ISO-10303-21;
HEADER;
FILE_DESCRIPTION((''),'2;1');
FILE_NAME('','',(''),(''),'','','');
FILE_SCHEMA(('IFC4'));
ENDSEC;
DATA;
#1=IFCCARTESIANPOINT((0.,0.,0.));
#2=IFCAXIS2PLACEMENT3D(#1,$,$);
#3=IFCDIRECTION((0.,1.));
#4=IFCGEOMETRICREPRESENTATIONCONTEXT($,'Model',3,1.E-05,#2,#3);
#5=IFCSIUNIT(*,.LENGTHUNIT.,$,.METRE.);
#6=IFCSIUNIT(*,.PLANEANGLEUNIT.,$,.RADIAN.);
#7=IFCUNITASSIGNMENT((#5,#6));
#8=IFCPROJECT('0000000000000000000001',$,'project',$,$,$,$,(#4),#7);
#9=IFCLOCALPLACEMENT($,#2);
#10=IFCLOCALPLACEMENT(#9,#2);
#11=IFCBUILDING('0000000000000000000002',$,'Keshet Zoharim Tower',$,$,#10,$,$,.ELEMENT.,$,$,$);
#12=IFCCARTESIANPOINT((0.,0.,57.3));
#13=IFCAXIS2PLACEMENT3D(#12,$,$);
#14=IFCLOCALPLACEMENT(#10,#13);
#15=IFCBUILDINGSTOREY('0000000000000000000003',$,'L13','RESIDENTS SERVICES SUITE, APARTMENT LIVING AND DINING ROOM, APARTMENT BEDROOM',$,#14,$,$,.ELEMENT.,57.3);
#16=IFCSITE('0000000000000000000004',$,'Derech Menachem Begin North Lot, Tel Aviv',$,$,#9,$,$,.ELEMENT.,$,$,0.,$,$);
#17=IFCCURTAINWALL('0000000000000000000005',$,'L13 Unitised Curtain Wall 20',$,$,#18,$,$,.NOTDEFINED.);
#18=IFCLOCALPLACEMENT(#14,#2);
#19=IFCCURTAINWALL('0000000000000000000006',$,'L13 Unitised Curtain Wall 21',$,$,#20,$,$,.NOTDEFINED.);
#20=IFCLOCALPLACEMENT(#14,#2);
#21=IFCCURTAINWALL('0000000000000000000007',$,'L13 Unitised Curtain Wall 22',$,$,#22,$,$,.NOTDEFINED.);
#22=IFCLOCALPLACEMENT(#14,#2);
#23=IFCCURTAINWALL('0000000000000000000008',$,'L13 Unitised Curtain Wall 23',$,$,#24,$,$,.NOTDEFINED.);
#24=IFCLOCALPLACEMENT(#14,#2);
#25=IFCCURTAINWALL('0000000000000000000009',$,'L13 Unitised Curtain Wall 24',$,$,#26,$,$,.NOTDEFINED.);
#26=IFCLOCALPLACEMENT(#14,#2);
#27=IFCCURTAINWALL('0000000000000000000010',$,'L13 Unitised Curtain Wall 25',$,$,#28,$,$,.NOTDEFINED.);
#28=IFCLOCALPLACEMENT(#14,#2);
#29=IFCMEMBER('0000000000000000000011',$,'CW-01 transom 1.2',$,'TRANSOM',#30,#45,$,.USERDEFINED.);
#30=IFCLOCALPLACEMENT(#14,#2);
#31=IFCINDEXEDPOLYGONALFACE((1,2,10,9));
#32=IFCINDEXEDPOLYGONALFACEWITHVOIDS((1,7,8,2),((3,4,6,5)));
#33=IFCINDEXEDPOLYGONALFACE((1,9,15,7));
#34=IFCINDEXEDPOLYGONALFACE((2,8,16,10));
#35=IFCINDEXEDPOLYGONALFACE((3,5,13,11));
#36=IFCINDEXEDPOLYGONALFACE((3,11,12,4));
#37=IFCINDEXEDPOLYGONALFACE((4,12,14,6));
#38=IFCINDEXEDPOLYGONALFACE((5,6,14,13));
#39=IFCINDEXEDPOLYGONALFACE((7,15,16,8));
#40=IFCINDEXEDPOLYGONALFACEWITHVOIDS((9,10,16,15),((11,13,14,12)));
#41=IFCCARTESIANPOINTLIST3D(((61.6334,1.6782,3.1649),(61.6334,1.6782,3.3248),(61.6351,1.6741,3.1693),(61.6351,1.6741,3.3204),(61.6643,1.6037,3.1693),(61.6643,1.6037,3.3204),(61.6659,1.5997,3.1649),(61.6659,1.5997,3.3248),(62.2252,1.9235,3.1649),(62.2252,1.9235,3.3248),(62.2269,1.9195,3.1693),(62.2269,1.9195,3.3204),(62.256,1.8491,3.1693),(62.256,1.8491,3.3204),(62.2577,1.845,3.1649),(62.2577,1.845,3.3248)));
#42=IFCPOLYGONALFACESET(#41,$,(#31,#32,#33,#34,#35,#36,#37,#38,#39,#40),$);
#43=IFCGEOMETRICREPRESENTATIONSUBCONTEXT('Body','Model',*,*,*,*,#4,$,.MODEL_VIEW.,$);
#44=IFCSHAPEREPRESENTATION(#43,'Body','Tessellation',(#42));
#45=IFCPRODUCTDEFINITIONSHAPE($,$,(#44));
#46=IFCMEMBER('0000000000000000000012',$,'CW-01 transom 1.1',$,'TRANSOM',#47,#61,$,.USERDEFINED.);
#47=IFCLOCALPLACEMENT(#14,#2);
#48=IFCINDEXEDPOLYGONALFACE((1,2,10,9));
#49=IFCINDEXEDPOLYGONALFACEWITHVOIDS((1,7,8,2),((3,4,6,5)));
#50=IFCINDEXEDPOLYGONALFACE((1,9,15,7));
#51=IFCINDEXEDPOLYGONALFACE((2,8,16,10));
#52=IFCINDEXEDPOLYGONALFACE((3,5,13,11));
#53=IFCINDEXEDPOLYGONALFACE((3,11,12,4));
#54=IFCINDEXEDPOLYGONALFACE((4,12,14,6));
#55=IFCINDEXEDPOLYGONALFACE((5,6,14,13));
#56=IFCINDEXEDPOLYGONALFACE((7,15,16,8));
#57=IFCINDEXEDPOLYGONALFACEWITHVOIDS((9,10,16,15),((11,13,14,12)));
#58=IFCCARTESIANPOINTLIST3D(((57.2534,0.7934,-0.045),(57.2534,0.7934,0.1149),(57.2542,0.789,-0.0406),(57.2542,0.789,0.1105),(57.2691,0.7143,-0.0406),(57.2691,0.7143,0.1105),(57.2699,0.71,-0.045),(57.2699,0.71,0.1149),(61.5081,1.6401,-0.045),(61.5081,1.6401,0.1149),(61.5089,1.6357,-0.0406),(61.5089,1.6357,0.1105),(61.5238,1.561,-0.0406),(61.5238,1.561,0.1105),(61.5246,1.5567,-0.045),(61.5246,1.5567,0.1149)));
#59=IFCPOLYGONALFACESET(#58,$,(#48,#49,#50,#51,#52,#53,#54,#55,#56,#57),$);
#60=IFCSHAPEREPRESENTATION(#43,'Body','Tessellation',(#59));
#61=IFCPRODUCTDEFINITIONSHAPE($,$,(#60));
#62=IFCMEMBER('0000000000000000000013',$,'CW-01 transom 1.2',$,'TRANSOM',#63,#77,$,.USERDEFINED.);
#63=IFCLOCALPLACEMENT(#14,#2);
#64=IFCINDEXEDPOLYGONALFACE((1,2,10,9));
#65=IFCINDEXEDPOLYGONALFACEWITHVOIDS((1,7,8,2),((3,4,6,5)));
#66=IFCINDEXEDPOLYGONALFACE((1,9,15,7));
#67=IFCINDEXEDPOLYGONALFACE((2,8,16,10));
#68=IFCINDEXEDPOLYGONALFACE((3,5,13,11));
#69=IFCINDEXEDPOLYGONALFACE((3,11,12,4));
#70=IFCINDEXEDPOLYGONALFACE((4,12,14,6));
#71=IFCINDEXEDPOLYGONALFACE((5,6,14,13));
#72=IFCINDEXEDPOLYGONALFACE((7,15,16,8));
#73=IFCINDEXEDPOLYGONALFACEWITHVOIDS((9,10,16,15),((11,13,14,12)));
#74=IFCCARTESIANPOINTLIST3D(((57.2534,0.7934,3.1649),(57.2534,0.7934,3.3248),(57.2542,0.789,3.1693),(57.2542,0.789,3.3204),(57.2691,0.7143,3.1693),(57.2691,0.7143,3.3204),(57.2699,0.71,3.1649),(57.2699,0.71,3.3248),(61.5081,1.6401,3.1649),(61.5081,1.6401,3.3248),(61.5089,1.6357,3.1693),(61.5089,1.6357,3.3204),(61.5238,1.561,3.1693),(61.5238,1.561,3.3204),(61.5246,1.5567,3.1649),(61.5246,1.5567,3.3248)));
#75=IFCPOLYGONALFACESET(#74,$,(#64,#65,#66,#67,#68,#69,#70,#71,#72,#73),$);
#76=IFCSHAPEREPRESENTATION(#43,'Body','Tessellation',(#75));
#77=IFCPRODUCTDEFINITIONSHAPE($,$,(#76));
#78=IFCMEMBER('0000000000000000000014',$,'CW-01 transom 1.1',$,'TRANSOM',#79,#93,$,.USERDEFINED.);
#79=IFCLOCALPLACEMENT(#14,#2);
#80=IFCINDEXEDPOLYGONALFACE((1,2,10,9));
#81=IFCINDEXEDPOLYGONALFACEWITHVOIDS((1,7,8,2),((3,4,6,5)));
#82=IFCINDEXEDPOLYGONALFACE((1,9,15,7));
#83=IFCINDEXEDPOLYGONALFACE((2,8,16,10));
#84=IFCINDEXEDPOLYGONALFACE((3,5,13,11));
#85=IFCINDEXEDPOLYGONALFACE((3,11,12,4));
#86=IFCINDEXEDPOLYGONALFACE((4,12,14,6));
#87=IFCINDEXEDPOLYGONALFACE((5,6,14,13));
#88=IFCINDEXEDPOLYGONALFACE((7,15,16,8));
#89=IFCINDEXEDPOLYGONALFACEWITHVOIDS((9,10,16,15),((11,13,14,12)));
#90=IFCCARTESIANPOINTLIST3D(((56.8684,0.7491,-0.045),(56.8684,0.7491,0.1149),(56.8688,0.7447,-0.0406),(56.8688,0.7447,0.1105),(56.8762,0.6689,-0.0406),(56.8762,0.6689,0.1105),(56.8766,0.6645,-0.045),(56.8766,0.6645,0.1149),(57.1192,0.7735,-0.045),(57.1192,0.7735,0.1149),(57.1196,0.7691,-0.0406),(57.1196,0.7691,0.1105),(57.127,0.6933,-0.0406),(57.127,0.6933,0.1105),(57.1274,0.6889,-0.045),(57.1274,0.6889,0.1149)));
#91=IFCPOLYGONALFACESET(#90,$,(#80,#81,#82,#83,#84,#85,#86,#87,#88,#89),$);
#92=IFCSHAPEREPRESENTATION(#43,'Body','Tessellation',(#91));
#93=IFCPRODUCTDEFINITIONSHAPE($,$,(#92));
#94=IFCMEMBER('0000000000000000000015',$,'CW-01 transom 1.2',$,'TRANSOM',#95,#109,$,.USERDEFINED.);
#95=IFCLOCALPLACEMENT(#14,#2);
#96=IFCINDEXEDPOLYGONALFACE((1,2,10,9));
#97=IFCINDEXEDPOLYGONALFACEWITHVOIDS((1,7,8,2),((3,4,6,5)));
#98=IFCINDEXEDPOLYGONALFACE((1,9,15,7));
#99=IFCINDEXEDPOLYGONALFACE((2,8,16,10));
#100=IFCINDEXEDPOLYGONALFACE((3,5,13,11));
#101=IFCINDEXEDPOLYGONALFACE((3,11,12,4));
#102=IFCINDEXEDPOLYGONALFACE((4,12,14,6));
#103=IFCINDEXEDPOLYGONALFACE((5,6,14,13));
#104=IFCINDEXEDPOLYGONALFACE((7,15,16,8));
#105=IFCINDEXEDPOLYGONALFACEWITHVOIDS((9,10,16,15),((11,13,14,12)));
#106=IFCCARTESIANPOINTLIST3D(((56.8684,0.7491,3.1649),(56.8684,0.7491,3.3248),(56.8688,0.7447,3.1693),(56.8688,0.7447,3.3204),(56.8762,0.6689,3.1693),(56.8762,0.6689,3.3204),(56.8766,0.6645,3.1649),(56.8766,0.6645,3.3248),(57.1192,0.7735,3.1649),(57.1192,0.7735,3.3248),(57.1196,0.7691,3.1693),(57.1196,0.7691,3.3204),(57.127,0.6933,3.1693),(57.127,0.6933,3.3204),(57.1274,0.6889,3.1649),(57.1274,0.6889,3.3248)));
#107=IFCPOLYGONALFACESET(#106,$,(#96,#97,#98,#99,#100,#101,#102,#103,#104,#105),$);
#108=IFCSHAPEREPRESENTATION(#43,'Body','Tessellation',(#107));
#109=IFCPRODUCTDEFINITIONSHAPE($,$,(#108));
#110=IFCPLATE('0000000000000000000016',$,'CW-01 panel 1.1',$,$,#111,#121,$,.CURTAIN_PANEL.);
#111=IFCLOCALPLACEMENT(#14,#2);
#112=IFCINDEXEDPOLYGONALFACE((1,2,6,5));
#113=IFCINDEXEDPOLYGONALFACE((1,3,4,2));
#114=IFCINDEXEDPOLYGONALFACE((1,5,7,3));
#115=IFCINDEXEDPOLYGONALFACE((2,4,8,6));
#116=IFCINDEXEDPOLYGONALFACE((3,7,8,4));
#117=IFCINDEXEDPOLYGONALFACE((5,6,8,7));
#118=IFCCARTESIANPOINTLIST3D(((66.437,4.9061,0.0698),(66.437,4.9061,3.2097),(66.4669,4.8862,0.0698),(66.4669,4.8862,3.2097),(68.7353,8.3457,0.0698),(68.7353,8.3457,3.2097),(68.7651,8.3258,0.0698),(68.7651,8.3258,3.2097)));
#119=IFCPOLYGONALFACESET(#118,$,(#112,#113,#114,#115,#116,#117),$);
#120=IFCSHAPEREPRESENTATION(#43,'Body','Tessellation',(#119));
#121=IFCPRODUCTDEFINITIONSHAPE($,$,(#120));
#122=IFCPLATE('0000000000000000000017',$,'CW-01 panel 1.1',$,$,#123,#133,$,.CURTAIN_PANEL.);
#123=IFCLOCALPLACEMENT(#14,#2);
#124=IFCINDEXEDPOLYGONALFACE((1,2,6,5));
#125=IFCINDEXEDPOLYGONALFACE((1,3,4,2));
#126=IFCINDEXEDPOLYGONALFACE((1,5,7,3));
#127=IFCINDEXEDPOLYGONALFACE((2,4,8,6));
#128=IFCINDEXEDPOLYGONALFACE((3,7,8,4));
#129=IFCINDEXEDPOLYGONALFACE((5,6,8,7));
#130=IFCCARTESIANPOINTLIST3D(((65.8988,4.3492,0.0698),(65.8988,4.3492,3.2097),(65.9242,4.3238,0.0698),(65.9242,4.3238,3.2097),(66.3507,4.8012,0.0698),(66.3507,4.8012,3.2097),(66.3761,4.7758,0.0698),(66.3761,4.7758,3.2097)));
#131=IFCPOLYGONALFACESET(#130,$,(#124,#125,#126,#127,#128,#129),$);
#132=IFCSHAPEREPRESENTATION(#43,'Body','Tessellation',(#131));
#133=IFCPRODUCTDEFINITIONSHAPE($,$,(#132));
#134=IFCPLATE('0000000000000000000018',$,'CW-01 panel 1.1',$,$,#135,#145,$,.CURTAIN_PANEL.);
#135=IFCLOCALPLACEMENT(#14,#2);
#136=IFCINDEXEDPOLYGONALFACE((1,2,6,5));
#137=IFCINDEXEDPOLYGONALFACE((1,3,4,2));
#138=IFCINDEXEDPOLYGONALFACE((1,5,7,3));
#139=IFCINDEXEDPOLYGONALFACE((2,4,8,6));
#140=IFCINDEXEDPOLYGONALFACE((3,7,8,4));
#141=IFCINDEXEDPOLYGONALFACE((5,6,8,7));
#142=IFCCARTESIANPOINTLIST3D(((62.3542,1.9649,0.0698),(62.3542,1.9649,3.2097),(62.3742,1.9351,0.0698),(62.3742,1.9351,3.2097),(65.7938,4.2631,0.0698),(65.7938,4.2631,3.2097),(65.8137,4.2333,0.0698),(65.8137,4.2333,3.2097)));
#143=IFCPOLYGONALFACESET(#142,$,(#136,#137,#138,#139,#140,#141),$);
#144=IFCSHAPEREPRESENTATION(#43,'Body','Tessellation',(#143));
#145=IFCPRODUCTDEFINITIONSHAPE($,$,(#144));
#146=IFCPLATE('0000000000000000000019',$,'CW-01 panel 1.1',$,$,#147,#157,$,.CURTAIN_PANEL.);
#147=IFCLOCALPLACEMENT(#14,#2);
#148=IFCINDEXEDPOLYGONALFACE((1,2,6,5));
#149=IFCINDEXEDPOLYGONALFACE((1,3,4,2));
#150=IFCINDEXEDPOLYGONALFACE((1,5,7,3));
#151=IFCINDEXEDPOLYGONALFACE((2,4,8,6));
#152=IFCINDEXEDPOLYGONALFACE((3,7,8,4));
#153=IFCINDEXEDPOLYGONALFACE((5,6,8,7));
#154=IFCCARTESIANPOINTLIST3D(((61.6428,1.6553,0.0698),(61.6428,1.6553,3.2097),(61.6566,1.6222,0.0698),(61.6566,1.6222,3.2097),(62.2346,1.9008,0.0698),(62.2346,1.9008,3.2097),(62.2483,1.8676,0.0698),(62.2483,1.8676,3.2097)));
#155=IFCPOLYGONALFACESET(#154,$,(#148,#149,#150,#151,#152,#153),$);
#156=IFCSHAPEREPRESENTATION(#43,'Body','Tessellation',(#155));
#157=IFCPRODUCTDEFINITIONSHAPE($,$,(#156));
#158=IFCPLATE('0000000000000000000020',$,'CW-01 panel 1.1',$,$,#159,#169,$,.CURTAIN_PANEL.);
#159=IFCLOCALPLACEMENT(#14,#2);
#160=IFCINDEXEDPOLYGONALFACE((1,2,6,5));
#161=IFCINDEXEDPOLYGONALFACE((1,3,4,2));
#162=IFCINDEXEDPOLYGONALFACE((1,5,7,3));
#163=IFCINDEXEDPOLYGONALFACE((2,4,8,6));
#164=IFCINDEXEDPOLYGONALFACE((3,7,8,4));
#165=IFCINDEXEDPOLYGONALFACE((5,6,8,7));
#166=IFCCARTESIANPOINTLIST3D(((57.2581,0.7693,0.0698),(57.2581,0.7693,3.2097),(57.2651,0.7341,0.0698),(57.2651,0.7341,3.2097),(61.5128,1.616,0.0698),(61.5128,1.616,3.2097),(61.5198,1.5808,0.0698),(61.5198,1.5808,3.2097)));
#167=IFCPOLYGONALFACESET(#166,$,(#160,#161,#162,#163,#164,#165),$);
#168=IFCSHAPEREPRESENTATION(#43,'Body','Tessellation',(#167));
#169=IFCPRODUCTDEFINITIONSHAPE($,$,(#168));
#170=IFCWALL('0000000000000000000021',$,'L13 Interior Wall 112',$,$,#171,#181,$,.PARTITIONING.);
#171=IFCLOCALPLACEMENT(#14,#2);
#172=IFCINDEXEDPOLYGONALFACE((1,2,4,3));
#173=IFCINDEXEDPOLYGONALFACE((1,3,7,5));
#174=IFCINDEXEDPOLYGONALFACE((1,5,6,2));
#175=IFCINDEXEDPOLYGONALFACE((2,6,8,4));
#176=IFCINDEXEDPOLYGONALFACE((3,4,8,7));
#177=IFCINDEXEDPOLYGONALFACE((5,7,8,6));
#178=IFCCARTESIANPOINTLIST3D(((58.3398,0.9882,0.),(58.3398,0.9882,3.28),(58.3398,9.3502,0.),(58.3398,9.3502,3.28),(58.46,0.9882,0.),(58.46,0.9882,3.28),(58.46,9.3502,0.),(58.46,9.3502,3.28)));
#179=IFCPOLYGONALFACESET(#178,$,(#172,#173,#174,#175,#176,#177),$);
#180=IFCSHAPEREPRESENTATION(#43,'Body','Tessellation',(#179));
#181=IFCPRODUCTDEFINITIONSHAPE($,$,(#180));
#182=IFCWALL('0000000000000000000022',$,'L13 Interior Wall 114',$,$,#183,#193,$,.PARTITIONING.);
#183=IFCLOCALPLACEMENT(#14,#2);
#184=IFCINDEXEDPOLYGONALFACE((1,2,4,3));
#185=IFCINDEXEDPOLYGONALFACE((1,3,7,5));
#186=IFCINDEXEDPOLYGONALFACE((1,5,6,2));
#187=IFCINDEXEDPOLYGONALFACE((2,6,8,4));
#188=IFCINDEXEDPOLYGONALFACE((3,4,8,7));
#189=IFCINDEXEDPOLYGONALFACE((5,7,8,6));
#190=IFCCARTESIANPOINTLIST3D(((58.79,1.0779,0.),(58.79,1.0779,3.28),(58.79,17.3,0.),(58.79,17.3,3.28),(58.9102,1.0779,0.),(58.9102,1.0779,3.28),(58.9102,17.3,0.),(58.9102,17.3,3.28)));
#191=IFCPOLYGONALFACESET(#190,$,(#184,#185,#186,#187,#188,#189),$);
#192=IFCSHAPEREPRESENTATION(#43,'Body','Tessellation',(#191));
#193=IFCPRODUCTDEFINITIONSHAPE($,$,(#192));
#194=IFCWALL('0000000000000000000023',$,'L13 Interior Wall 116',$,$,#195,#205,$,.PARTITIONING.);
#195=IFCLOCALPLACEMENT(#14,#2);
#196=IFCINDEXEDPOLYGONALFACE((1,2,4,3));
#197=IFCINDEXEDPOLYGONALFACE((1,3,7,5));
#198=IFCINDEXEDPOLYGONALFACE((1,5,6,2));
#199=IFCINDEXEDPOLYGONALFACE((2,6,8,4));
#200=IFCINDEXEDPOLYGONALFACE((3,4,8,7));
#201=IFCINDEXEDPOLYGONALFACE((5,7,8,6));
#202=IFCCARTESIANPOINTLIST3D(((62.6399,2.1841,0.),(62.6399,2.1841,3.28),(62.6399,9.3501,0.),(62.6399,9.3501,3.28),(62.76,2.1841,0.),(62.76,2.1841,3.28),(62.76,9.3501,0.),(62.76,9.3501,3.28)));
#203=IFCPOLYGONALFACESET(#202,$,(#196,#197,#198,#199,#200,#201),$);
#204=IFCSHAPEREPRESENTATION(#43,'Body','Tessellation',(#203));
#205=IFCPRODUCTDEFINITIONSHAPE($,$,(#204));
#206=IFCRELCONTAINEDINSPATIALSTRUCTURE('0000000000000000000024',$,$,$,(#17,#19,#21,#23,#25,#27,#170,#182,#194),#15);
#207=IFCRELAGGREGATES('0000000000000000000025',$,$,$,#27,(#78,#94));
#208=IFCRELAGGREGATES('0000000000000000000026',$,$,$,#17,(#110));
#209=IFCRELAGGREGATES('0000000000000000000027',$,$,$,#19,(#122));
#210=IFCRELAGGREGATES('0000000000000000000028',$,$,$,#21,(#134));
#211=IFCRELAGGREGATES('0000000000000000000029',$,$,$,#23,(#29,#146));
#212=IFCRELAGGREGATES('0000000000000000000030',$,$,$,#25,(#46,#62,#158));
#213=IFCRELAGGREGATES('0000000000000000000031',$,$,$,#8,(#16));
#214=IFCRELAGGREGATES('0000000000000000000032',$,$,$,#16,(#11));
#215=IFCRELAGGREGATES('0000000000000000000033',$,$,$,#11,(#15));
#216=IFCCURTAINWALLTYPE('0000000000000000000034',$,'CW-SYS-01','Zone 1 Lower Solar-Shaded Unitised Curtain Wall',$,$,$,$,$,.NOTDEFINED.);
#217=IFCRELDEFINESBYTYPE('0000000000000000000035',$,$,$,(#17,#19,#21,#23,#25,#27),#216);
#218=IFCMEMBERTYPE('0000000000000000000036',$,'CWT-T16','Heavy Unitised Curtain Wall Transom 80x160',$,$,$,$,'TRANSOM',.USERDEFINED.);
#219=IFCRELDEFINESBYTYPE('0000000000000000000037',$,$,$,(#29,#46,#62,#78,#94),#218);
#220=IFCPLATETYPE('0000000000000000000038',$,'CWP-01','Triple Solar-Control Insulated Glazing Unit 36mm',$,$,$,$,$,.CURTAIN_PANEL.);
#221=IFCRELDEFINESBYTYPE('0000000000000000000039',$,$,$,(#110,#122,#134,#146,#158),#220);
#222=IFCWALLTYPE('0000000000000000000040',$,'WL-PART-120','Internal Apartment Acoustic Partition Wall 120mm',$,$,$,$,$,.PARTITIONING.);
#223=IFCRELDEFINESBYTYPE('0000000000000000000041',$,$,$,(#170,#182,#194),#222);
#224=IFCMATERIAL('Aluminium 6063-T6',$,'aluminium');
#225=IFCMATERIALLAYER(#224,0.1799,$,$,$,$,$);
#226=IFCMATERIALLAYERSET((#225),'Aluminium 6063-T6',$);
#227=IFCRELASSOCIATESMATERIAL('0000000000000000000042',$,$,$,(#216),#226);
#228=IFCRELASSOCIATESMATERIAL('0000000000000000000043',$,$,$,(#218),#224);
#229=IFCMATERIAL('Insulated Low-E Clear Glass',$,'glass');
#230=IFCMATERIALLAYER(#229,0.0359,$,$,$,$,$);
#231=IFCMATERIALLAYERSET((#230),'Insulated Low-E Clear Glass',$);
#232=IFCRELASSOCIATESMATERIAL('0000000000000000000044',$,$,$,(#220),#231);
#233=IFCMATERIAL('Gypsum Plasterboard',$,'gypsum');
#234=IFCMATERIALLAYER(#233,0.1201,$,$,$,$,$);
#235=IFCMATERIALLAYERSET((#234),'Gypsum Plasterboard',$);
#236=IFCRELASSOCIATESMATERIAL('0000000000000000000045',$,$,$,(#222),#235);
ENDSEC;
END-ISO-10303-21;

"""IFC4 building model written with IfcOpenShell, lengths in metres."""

from ifc_helpers import new_model, si_unit, direction, frame, frame_2d, origin, origin_2d, place, context, subcontext, project, spatial, rectangle, hollow_rectangle, extrude, material, layer, layer_set, material_profile, profile_set, type_object, element, aggregate, save


model = new_model("IFC4")

# Units and contexts
model_context = context("Model", 3, precision=1e-05, world=origin(), true_north=direction((0.0, 1.0)))
body_context = subcontext(model_context, "Body", "Model", "MODEL_VIEW")
ifc_project = project(units=[si_unit("LENGTHUNIT", "METRE"), si_unit("PLANEANGLEUNIT", "RADIAN")], contexts=[model_context])

# Site, building, storey
site_placement = place(None, origin())
site = spatial("IfcSite", under=ifc_project, at=site_placement, Name="Derech Menachem Begin North Lot, Tel Aviv", CompositionType="ELEMENT", RefElevation=0.0)
building_placement = place(site_placement, origin())
building = spatial("IfcBuilding", under=site, at=building_placement, Name="Keshet Zoharim Tower", CompositionType="ELEMENT")
storey_placement = place(building_placement, frame((0.0, 0.0, 57.3)))
storey = spatial("IfcBuildingStorey", under=building, at=storey_placement, Name="L13", Description="RESIDENTS SERVICES SUITE, APARTMENT LIVING AND DINING ROOM, APARTMENT BEDROOM", CompositionType="ELEMENT", Elevation=57.3)

# Curtain walls
ifc_material_1 = material(Name="Aluminium 6063-T6", Category="aluminium")
ifc_layer_1 = layer(ifc_material_1, 0.1799)
ifc_layer_set_1 = layer_set([ifc_layer_1], Name="Aluminium 6063-T6")
curtain_wall_type = type_object("IfcCurtainWallType", Name="CW-SYS-01", Description="Zone 1 Lower Solar-Shaded Unitised Curtain Wall", PredefinedType="NOTDEFINED", material=ifc_layer_set_1)
curtain_wall_1_placement = place(storey_placement, origin())
curtain_wall_1 = element("IfcCurtainWall", 1, at=curtain_wall_1_placement, inside=storey, type_object=curtain_wall_type, Name="L13 Unitised Curtain Wall 20", PredefinedType="NOTDEFINED")
curtain_wall_2_placement = place(storey_placement, origin())
curtain_wall_2 = element("IfcCurtainWall", 2, at=curtain_wall_2_placement, inside=storey, type_object=curtain_wall_type, Name="L13 Unitised Curtain Wall 21", PredefinedType="NOTDEFINED")
curtain_wall_3_placement = place(storey_placement, origin())
curtain_wall_3 = element("IfcCurtainWall", 3, at=curtain_wall_3_placement, inside=storey, type_object=curtain_wall_type, Name="L13 Unitised Curtain Wall 22", PredefinedType="NOTDEFINED")
curtain_wall_4_placement = place(storey_placement, origin())
curtain_wall_4 = element("IfcCurtainWall", 4, at=curtain_wall_4_placement, inside=storey, type_object=curtain_wall_type, Name="L13 Unitised Curtain Wall 23", PredefinedType="NOTDEFINED")
curtain_wall_5_placement = place(storey_placement, origin())
curtain_wall_5 = element("IfcCurtainWall", 5, at=curtain_wall_5_placement, inside=storey, type_object=curtain_wall_type, Name="L13 Unitised Curtain Wall 24", PredefinedType="NOTDEFINED")

# Curtain wall
curtain_wall_6_placement = place(storey_placement, origin())
curtain_wall_6 = element("IfcCurtainWall", 6, at=curtain_wall_6_placement, inside=storey, type_object=curtain_wall_type, Name="L13 Unitised Curtain Wall 25", PredefinedType="NOTDEFINED")

# Members
ifc_material_profile_1 = material_profile(ifc_material_1, hollow_rectangle(XDim=0.085, YDim=0.1599, WallThickness=0.0044, at=origin_2d()), Name="TRN-85x160")
ifc_profile_set_1 = profile_set([ifc_material_profile_1], Name="Aluminium 6063-T6")
member_type_1 = type_object("IfcMemberType", Name="CWT-T16", Description="Heavy Unitised Curtain Wall Transom 80x160", ElementType="TRANSOM", PredefinedType="USERDEFINED", material=ifc_profile_set_1)
member_1_placement = place(storey_placement, frame((62.2415, 1.8843, 3.2449), z_axis=(-0.923752, -0.382991, 0.0), x_axis=(0.382991, -0.923752, 0.0)))
member_1 = element("IfcMember", 7, at=member_1_placement, type_object=member_type_1, Name="CW-01 transom 1.2", ObjectType="TRANSOM", PredefinedType="USERDEFINED", context=body_context, shape_type="SweptSolid", body=[
    extrude(hollow_rectangle(XDim=0.085, YDim=0.1599, WallThickness=0.0044, at=origin_2d()), origin(), (0.0, 0.0, 1.0), 0.6406),
])
member_2_placement = place(storey_placement, frame((61.5164, 1.5984, 0.0349), z_axis=(-0.980769, -0.195174, 0.0), x_axis=(0.195174, -0.980769, 0.0)))
member_2 = element("IfcMember", 8, at=member_2_placement, type_object=member_type_1, Name="CW-01 transom 1.1", ObjectType="TRANSOM", PredefinedType="USERDEFINED", context=body_context, shape_type="SweptSolid", body=[
    extrude(hollow_rectangle(XDim=0.085, YDim=0.1599, WallThickness=0.0044, at=origin_2d()), origin(), (0.0, 0.0, 1.0), 4.3381),
])
member_3_placement = place(storey_placement, frame((61.5164, 1.5984, 3.2449), z_axis=(-0.980769, -0.195174, 0.0), x_axis=(0.195174, -0.980769, 0.0)))
member_3 = element("IfcMember", 9, at=member_3_placement, type_object=member_type_1, Name="CW-01 transom 1.2", ObjectType="TRANSOM", PredefinedType="USERDEFINED", context=body_context, shape_type="SweptSolid", body=[
    extrude(hollow_rectangle(XDim=0.085, YDim=0.1599, WallThickness=0.0044, at=origin_2d()), origin(), (0.0, 0.0, 1.0), 4.3381),
])
member_4_placement = place(storey_placement, frame((57.1233, 0.7312, 0.0349), z_axis=(-0.995293, -0.096913, 0.0), x_axis=(0.096913, -0.995293, 0.0)))
member_4 = element("IfcMember", 10, at=member_4_placement, type_object=member_type_1, Name="CW-01 transom 1.1", ObjectType="TRANSOM", PredefinedType="USERDEFINED", context=body_context, shape_type="SweptSolid", body=[
    extrude(hollow_rectangle(XDim=0.085, YDim=0.1599, WallThickness=0.0044, at=origin_2d()), origin(), (0.0, 0.0, 1.0), 0.252),
])
member_5_placement = place(storey_placement, frame((57.1233, 0.7312, 3.2449), z_axis=(-0.995293, -0.096913, 0.0), x_axis=(0.096913, -0.995293, 0.0)))
member_5 = element("IfcMember", 11, at=member_5_placement, type_object=member_type_1, Name="CW-01 transom 1.2", ObjectType="TRANSOM", PredefinedType="USERDEFINED", context=body_context, shape_type="SweptSolid", body=[
    extrude(hollow_rectangle(XDim=0.085, YDim=0.1599, WallThickness=0.0044, at=origin_2d()), origin(), (0.0, 0.0, 1.0), 0.252),
])
aggregate(curtain_wall_6, [member_4, member_5])

# Plates
ifc_material_2 = material(Name="Insulated Low-E Clear Glass", Category="glass")
ifc_layer_2 = layer(ifc_material_2, 0.0359)
ifc_layer_set_2 = layer_set([ifc_layer_2], Name="Insulated Low-E Clear Glass")
plate_type = type_object("IfcPlateType", Name="CWP-01", Description="Triple Solar-Control Insulated Glazing Unit 36mm", PredefinedType="CURTAIN_PANEL", material=ifc_layer_set_2)
plate_1_placement = place(storey_placement, frame((67.6011, 6.616, 0.0698), z_axis=(0.0, 0.0, 1.0), x_axis=(-0.555563, -0.831474, 0.0)))
plate_1 = element("IfcPlate", 12, at=plate_1_placement, type_object=plate_type, Name="CW-01 panel 1.1", PredefinedType="CURTAIN_PANEL", context=body_context, shape_type="SweptSolid", body=[
    extrude(rectangle(XDim=4.1367, YDim=0.0359, at=origin_2d()), origin(), (0.0, 0.0, 1.0), 3.1399),
])
aggregate(curtain_wall_1, [plate_1])
plate_2_placement = place(storey_placement, frame((66.1375, 4.5625, 0.0698), z_axis=(0.0, 0.0, 1.0), x_axis=(-0.707107, -0.707107, 0.0)))
plate_2 = element("IfcPlate", 13, at=plate_2_placement, type_object=plate_type, Name="CW-01 panel 1.1", PredefinedType="CURTAIN_PANEL", context=body_context, shape_type="SweptSolid", body=[
    extrude(rectangle(XDim=0.6392, YDim=0.0359, at=origin_2d()), origin(), (0.0, 0.0, 1.0), 3.1399),
])
aggregate(curtain_wall_2, [plate_2])
plate_3_placement = place(storey_placement, frame((64.084, 3.0991, 0.0698), z_axis=(0.0, 0.0, 1.0), x_axis=(-0.831474, -0.555563, 0.0)))
plate_3 = element("IfcPlate", 14, at=plate_3_placement, type_object=plate_type, Name="CW-01 panel 1.1", PredefinedType="CURTAIN_PANEL", context=body_context, shape_type="SweptSolid", body=[
    extrude(rectangle(XDim=4.1367, YDim=0.0359, at=origin_2d()), origin(), (0.0, 0.0, 1.0), 3.1399),
])
aggregate(curtain_wall_3, [plate_3])
plate_4_placement = place(storey_placement, frame((61.9456, 1.7615, 0.0698), z_axis=(0.0, 0.0, 1.0), x_axis=(-0.92372, -0.383068, 0.0)))
plate_4 = element("IfcPlate", 15, at=plate_4_placement, type_object=plate_type, Name="CW-01 panel 1.1", PredefinedType="CURTAIN_PANEL", context=body_context, shape_type="SweptSolid", body=[
    extrude(rectangle(XDim=0.6406, YDim=0.0359, at=origin_2d()), origin(), (0.0, 0.0, 1.0), 3.1399),
])
aggregate(curtain_wall_4, [member_1, plate_4])
plate_5_placement = place(storey_placement, frame((59.3889, 1.175, 0.0698), z_axis=(0.0, 0.0, 1.0), x_axis=(-0.980769, -0.195171, 0.0)))
plate_5 = element("IfcPlate", 16, at=plate_5_placement, type_object=plate_type, Name="CW-01 panel 1.1", PredefinedType="CURTAIN_PANEL", context=body_context, shape_type="SweptSolid", body=[
    extrude(rectangle(XDim=4.3381, YDim=0.0359, at=origin_2d()), origin(), (0.0, 0.0, 1.0), 3.1399),
])
aggregate(curtain_wall_5, [member_2, member_3, plate_5])

# Walls
ifc_material_3 = material(Name="Gypsum Plasterboard", Category="gypsum")
ifc_layer_3 = layer(ifc_material_3, 0.1201)
ifc_layer_set_3 = layer_set([ifc_layer_3], Name="Gypsum Plasterboard")
wall_type = type_object("IfcWallType", Name="WL-PART-120", Description="Internal Apartment Acoustic Partition Wall 120mm", PredefinedType="PARTITIONING", material=ifc_layer_set_3)
wall_1_placement = place(storey_placement, frame((58.3999, 0.988, 0.0), z_axis=(0.0, 0.0, 1.0), x_axis=(0.0, 1.0, 0.0)))
element("IfcWall", 17, at=wall_1_placement, inside=storey, type_object=wall_type, Name="L13 Interior Wall 112", PredefinedType="PARTITIONING", context=body_context, shape_type="SweptSolid", body=[
    extrude(rectangle(XDim=8.3621, YDim=0.1201, at=frame_2d((4.1812, 0.0))), origin(), (0.0, 0.0, 1.0), 3.28),
])
wall_2_placement = place(storey_placement, frame((58.8501, 1.0779, 0.0), z_axis=(0.0, 0.0, 1.0), x_axis=(0.0, 1.0, 0.0)))
element("IfcWall", 18, at=wall_2_placement, inside=storey, type_object=wall_type, Name="L13 Interior Wall 114", PredefinedType="PARTITIONING", context=body_context, shape_type="SweptSolid", body=[
    extrude(rectangle(XDim=16.2222, YDim=0.1201, at=frame_2d((8.1111, 0.0))), origin(), (0.0, 0.0, 1.0), 3.28),
])
wall_3_placement = place(storey_placement, frame((62.7, 2.1841, 0.0), z_axis=(0.0, 0.0, 1.0), x_axis=(0.0, 1.0, 0.0)))
element("IfcWall", 19, at=wall_3_placement, inside=storey, type_object=wall_type, Name="L13 Interior Wall 116", PredefinedType="PARTITIONING", context=body_context, shape_type="SweptSolid", body=[
    extrude(rectangle(XDim=7.166, YDim=0.1201, at=frame_2d((3.583, 0.0))), origin(), (0.0, 0.0, 1.0), 3.28),
])

save(model, "model.ifc")
